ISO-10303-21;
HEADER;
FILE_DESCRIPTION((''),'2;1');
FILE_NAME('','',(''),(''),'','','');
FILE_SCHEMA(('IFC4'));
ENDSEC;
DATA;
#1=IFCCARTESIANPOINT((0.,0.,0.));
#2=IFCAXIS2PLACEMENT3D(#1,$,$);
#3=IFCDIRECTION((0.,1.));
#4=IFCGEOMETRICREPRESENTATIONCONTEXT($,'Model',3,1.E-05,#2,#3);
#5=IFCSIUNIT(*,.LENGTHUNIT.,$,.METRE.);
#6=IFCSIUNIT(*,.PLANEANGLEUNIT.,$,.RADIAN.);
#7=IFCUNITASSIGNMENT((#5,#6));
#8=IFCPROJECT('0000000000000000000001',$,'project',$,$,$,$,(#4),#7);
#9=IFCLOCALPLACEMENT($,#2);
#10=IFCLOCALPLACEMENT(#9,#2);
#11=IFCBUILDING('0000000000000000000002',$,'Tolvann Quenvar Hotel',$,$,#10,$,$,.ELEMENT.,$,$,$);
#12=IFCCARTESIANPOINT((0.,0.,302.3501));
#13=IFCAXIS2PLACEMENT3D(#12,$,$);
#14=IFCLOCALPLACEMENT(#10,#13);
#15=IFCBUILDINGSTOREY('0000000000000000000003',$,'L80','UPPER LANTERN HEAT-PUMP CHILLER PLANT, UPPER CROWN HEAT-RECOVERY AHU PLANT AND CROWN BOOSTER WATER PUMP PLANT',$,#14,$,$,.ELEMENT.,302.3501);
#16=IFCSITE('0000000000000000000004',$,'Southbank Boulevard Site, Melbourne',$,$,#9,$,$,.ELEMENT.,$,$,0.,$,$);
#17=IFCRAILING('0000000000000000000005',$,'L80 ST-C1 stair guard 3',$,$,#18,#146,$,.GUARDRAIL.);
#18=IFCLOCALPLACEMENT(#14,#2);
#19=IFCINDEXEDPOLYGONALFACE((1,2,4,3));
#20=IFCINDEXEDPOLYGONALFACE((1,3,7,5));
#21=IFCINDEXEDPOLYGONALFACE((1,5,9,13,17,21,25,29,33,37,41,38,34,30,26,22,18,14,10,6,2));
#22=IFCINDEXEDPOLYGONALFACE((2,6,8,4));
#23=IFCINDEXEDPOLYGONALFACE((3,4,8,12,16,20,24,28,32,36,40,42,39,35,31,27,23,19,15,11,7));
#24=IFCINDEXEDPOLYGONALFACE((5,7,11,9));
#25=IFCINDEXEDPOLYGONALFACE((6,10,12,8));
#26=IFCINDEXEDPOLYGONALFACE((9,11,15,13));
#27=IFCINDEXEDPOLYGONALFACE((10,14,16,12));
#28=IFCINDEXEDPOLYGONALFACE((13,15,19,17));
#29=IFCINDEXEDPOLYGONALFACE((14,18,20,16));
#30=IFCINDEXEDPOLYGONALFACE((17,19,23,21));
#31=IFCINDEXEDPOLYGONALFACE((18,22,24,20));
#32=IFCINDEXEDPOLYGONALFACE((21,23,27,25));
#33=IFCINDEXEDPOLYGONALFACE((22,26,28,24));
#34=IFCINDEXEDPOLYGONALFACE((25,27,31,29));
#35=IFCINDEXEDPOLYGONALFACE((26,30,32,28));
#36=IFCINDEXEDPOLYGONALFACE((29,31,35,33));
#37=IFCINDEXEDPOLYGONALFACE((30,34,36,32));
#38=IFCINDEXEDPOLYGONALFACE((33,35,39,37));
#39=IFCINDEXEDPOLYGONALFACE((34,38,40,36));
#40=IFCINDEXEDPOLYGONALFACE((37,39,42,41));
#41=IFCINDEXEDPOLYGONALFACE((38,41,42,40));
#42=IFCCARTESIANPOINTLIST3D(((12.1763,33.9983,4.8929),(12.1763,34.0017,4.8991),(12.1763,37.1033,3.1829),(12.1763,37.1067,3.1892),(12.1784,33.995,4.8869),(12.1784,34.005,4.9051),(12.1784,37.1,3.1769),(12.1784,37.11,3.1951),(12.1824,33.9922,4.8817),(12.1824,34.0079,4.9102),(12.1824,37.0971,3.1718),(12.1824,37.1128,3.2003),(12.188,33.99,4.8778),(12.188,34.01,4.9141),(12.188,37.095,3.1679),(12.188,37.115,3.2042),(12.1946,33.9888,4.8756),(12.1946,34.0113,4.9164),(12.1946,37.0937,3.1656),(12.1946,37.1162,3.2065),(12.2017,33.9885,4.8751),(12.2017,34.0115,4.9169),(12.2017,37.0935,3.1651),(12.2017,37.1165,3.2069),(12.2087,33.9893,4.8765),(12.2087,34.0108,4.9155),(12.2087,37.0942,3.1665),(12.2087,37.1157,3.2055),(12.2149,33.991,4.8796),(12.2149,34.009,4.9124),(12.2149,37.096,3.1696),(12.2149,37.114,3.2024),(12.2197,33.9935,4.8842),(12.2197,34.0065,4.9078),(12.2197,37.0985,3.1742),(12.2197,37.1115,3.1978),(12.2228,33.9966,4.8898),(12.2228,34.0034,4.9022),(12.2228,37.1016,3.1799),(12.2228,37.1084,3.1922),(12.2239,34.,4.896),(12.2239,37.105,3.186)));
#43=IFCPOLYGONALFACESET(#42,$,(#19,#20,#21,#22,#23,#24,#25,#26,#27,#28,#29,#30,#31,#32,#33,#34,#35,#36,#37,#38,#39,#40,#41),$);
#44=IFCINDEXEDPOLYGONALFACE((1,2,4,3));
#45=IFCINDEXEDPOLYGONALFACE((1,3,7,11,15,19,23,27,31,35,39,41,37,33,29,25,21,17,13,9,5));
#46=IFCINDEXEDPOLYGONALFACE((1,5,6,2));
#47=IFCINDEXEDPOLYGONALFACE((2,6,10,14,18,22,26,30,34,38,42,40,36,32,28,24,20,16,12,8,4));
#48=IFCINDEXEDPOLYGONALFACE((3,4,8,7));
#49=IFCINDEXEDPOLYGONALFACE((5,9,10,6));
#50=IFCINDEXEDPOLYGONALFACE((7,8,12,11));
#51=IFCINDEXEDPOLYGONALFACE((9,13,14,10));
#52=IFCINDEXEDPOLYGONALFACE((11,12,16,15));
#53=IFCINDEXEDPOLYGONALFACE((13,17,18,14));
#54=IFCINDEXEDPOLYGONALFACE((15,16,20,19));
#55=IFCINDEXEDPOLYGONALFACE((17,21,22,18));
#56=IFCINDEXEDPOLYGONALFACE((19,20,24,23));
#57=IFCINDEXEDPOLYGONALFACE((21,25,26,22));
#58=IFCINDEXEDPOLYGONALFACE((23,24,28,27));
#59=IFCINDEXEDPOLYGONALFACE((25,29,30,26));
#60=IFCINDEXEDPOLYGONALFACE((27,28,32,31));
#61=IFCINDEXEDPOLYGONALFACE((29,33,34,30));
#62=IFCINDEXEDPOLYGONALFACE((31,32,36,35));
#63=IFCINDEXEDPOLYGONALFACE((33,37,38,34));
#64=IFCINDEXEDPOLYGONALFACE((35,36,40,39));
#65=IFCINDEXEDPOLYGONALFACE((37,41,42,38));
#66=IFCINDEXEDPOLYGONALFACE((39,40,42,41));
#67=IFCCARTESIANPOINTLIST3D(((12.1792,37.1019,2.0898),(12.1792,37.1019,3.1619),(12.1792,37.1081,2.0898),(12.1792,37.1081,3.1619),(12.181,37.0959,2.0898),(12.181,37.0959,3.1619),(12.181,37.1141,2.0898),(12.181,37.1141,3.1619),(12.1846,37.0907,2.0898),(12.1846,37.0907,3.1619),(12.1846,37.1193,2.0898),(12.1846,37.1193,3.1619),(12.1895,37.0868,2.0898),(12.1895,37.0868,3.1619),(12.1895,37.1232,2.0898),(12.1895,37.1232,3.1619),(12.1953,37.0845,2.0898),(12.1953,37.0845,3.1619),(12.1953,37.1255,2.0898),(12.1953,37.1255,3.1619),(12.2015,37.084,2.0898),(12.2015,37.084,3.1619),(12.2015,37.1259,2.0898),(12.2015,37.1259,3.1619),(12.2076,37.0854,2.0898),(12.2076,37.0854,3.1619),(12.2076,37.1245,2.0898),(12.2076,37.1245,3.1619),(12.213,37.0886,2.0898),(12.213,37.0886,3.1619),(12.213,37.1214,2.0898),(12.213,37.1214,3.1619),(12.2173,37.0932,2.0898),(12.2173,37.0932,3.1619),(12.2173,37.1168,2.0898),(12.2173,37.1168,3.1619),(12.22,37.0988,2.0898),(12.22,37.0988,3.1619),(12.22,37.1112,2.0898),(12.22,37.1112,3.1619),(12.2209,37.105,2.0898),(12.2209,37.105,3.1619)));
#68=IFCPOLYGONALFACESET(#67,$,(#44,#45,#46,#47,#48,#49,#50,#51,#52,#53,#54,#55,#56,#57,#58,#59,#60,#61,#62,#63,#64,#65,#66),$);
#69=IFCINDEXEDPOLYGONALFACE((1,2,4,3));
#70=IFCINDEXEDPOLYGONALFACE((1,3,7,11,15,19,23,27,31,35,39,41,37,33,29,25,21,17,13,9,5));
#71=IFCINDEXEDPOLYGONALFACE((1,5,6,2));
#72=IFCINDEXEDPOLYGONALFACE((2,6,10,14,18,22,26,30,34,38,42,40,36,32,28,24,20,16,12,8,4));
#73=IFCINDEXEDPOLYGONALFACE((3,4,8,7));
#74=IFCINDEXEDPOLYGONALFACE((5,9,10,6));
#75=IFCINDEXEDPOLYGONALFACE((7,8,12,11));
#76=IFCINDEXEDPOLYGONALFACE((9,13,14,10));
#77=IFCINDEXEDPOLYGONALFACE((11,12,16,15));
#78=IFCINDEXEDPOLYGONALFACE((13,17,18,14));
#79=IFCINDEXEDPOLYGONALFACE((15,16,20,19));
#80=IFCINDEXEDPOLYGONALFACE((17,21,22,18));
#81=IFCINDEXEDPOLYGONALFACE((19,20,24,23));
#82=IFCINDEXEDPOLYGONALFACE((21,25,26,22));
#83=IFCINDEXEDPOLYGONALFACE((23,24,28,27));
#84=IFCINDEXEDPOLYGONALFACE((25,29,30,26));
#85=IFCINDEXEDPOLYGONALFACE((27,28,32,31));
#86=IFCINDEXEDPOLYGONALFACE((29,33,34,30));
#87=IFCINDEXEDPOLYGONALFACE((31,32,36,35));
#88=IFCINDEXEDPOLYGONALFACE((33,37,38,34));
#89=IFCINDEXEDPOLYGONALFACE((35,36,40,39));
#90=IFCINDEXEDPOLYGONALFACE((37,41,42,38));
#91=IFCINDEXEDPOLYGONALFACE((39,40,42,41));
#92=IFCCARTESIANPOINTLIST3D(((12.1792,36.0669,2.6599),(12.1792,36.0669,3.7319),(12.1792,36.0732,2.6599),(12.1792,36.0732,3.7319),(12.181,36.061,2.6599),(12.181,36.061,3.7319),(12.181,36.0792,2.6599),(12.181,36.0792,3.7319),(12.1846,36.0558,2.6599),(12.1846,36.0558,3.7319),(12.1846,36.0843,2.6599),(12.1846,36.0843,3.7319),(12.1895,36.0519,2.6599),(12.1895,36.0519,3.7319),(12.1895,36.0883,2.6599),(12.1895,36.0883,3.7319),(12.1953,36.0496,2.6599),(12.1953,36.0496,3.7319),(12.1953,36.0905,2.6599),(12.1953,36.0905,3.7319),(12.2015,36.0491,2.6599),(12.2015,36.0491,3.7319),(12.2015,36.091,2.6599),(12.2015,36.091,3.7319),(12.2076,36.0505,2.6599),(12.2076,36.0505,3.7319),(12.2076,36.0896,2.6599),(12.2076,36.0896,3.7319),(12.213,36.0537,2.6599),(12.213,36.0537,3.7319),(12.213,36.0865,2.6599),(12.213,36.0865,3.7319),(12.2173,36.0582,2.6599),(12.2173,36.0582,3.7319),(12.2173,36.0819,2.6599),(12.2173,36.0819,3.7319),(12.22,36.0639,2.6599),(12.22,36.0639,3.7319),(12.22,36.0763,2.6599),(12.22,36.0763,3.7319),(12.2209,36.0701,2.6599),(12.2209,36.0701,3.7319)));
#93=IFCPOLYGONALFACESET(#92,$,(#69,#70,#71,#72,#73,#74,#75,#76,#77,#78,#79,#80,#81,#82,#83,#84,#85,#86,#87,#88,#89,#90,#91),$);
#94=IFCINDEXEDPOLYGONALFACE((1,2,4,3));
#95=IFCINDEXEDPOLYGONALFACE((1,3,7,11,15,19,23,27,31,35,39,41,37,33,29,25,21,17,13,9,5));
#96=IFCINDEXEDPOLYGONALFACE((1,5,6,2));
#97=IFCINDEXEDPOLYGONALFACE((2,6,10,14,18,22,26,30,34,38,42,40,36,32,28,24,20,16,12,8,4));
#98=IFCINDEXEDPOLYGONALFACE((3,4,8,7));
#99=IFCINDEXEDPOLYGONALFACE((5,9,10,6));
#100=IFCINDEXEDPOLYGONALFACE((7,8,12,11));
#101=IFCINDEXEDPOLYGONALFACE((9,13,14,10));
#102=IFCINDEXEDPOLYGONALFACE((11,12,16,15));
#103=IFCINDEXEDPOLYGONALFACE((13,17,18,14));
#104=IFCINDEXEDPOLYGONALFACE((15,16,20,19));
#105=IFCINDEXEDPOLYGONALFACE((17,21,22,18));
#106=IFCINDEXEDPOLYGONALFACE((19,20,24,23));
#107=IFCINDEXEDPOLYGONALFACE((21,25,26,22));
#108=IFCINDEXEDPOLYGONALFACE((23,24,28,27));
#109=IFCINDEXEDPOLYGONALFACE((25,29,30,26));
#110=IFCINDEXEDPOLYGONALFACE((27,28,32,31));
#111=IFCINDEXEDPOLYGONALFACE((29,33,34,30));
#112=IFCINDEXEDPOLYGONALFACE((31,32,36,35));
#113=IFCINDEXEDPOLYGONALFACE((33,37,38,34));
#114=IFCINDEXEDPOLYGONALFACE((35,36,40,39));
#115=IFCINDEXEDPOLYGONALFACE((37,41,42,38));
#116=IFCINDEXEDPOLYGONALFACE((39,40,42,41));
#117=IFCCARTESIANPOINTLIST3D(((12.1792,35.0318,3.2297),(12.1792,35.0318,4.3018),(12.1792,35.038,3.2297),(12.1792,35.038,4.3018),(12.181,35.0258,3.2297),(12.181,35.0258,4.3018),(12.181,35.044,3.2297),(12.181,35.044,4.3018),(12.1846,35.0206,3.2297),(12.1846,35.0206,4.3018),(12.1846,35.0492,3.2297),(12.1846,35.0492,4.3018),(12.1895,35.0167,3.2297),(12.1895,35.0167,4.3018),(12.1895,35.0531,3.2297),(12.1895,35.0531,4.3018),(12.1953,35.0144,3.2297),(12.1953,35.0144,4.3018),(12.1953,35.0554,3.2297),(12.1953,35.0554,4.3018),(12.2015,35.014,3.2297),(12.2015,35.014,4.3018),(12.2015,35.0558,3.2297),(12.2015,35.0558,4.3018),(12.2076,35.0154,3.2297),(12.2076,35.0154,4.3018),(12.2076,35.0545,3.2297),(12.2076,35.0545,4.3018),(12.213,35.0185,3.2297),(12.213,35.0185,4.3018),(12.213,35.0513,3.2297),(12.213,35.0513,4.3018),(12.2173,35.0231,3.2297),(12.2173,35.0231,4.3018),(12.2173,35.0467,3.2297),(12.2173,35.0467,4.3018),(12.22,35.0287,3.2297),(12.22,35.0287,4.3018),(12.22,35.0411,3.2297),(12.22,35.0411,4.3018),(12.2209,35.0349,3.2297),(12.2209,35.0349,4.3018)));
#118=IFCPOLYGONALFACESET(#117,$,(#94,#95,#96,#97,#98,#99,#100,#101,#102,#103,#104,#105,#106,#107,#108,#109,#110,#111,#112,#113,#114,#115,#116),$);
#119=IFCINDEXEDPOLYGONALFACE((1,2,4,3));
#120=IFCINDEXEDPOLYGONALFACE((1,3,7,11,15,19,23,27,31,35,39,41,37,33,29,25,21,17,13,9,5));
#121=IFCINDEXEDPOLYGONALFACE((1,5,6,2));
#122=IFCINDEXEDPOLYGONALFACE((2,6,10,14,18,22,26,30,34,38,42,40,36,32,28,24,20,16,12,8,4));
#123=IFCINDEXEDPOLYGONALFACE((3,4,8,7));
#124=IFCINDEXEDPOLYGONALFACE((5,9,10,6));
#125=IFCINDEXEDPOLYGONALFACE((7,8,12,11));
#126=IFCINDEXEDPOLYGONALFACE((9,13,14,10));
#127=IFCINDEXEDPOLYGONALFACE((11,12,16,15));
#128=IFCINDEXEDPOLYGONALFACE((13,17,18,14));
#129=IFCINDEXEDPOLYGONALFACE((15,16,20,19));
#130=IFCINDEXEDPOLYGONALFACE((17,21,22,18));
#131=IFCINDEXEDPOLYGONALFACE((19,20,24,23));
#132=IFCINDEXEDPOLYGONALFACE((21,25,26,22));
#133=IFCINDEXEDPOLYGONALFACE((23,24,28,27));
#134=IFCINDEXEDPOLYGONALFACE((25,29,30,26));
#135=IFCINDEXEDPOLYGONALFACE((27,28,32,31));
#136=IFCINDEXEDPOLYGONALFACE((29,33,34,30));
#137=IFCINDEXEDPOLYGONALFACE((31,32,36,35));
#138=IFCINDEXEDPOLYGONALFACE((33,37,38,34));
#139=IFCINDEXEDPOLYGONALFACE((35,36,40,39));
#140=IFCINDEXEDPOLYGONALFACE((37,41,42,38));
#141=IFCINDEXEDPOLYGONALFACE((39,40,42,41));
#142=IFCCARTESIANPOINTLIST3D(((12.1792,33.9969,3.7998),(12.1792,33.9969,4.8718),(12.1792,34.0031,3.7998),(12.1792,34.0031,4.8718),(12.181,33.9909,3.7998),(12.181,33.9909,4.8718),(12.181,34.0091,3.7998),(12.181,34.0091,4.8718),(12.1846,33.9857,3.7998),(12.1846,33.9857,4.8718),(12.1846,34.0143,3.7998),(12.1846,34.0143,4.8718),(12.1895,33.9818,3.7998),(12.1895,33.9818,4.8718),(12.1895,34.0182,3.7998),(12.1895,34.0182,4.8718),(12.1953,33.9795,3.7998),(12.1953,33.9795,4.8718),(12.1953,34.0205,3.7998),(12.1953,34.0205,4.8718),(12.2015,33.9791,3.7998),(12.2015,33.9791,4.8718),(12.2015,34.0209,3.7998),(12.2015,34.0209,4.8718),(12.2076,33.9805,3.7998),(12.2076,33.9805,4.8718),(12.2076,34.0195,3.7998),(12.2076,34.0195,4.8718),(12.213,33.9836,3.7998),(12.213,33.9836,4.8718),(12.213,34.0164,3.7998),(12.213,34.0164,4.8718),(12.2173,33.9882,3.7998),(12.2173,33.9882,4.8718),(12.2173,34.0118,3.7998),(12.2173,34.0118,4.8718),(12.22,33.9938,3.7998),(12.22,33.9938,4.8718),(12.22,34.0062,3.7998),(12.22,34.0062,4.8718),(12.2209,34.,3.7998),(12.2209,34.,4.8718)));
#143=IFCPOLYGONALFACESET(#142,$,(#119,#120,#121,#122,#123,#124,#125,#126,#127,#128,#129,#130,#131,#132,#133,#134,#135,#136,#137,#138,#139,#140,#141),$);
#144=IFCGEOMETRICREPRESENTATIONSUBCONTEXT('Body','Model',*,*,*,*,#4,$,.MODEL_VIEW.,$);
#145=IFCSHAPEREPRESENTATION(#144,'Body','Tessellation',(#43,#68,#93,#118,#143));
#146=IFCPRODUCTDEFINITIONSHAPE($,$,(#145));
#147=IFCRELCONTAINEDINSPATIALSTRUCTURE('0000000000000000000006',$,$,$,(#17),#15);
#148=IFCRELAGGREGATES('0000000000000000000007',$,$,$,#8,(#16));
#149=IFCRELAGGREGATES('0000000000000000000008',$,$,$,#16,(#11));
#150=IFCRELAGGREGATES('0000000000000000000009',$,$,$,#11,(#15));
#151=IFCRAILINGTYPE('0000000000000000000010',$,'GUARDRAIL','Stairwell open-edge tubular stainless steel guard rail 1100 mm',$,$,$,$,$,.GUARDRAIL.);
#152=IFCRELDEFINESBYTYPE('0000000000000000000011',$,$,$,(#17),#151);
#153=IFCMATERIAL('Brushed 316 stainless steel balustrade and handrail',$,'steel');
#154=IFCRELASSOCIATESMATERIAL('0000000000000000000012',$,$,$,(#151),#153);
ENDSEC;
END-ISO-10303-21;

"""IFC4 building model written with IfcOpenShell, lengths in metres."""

from ifc_helpers import new_model, si_unit, direction, frame, origin, origin_2d, place, context, subcontext, project, spatial, circle, extrude, material, type_object, element, save


model = new_model("IFC4")

# Units and contexts
model_context = context("Model", 3, precision=1e-05, world=origin(), true_north=direction((0.0, 1.0)))
body_context = subcontext(model_context, "Body", "Model", "MODEL_VIEW")
ifc_project = project(units=[si_unit("LENGTHUNIT", "METRE"), si_unit("PLANEANGLEUNIT", "RADIAN")], contexts=[model_context])

# Site, building, storey
site_placement = place(None, origin())
site = spatial("IfcSite", under=ifc_project, at=site_placement, Name="Southbank Boulevard Site, Melbourne", CompositionType="ELEMENT", RefElevation=0.0)
building_placement = place(site_placement, origin())
building = spatial("IfcBuilding", under=site, at=building_placement, Name="Tolvann Quenvar Hotel", CompositionType="ELEMENT")
storey_placement = place(building_placement, frame((0.0, 0.0, 302.3501)))
storey = spatial("IfcBuildingStorey", under=building, at=storey_placement, Name="L80", Description="UPPER LANTERN HEAT-PUMP CHILLER PLANT, UPPER CROWN HEAT-RECOVERY AHU PLANT AND CROWN BOOSTER WATER PUMP PLANT", CompositionType="ELEMENT", Elevation=302.3501)

# Railing
ifc_material_1 = material(Name="Brushed 316 stainless steel balustrade and handrail", Category="steel")
railing_type_1 = type_object("IfcRailingType", Name="GUARDRAIL", Description="Stairwell open-edge tubular stainless steel guard rail 1100 mm", PredefinedType="GUARDRAIL", material=ifc_material_1)
railing_1_placement = place(storey_placement, frame((12.2, 37.105, 2.0898)))
element("IfcRailing", 1, at=railing_1_placement, inside=storey, type_object=railing_type_1, Name="L80 ST-C1 stair guard 3", PredefinedType="GUARDRAIL", context=body_context, shape_type="SweptSolid", body=[
    extrude(circle(Radius=0.0239, at=origin_2d()), frame((0.0, 0.0, 1.0962), z_axis=(0.0, -0.875951, 0.4824), x_axis=(1.0, 0.0, 0.0)), (0.0, 0.0, 1.0), 3.5447),
    extrude(circle(Radius=0.021, at=origin_2d()), origin(), (0.0, 0.0, 1.0), 1.072),
    extrude(circle(Radius=0.021, at=origin_2d()), frame((0.0, -1.0349, 0.5701)), (0.0, 0.0, 1.0), 1.072),
    extrude(circle(Radius=0.021, at=origin_2d()), frame((0.0, -2.0701, 1.1399)), (0.0, 0.0, 1.0), 1.072),
    extrude(circle(Radius=0.021, at=origin_2d()), frame((0.0, -3.105, 1.71)), (0.0, 0.0, 1.0), 1.072),
])

save(model, "model.ifc")
